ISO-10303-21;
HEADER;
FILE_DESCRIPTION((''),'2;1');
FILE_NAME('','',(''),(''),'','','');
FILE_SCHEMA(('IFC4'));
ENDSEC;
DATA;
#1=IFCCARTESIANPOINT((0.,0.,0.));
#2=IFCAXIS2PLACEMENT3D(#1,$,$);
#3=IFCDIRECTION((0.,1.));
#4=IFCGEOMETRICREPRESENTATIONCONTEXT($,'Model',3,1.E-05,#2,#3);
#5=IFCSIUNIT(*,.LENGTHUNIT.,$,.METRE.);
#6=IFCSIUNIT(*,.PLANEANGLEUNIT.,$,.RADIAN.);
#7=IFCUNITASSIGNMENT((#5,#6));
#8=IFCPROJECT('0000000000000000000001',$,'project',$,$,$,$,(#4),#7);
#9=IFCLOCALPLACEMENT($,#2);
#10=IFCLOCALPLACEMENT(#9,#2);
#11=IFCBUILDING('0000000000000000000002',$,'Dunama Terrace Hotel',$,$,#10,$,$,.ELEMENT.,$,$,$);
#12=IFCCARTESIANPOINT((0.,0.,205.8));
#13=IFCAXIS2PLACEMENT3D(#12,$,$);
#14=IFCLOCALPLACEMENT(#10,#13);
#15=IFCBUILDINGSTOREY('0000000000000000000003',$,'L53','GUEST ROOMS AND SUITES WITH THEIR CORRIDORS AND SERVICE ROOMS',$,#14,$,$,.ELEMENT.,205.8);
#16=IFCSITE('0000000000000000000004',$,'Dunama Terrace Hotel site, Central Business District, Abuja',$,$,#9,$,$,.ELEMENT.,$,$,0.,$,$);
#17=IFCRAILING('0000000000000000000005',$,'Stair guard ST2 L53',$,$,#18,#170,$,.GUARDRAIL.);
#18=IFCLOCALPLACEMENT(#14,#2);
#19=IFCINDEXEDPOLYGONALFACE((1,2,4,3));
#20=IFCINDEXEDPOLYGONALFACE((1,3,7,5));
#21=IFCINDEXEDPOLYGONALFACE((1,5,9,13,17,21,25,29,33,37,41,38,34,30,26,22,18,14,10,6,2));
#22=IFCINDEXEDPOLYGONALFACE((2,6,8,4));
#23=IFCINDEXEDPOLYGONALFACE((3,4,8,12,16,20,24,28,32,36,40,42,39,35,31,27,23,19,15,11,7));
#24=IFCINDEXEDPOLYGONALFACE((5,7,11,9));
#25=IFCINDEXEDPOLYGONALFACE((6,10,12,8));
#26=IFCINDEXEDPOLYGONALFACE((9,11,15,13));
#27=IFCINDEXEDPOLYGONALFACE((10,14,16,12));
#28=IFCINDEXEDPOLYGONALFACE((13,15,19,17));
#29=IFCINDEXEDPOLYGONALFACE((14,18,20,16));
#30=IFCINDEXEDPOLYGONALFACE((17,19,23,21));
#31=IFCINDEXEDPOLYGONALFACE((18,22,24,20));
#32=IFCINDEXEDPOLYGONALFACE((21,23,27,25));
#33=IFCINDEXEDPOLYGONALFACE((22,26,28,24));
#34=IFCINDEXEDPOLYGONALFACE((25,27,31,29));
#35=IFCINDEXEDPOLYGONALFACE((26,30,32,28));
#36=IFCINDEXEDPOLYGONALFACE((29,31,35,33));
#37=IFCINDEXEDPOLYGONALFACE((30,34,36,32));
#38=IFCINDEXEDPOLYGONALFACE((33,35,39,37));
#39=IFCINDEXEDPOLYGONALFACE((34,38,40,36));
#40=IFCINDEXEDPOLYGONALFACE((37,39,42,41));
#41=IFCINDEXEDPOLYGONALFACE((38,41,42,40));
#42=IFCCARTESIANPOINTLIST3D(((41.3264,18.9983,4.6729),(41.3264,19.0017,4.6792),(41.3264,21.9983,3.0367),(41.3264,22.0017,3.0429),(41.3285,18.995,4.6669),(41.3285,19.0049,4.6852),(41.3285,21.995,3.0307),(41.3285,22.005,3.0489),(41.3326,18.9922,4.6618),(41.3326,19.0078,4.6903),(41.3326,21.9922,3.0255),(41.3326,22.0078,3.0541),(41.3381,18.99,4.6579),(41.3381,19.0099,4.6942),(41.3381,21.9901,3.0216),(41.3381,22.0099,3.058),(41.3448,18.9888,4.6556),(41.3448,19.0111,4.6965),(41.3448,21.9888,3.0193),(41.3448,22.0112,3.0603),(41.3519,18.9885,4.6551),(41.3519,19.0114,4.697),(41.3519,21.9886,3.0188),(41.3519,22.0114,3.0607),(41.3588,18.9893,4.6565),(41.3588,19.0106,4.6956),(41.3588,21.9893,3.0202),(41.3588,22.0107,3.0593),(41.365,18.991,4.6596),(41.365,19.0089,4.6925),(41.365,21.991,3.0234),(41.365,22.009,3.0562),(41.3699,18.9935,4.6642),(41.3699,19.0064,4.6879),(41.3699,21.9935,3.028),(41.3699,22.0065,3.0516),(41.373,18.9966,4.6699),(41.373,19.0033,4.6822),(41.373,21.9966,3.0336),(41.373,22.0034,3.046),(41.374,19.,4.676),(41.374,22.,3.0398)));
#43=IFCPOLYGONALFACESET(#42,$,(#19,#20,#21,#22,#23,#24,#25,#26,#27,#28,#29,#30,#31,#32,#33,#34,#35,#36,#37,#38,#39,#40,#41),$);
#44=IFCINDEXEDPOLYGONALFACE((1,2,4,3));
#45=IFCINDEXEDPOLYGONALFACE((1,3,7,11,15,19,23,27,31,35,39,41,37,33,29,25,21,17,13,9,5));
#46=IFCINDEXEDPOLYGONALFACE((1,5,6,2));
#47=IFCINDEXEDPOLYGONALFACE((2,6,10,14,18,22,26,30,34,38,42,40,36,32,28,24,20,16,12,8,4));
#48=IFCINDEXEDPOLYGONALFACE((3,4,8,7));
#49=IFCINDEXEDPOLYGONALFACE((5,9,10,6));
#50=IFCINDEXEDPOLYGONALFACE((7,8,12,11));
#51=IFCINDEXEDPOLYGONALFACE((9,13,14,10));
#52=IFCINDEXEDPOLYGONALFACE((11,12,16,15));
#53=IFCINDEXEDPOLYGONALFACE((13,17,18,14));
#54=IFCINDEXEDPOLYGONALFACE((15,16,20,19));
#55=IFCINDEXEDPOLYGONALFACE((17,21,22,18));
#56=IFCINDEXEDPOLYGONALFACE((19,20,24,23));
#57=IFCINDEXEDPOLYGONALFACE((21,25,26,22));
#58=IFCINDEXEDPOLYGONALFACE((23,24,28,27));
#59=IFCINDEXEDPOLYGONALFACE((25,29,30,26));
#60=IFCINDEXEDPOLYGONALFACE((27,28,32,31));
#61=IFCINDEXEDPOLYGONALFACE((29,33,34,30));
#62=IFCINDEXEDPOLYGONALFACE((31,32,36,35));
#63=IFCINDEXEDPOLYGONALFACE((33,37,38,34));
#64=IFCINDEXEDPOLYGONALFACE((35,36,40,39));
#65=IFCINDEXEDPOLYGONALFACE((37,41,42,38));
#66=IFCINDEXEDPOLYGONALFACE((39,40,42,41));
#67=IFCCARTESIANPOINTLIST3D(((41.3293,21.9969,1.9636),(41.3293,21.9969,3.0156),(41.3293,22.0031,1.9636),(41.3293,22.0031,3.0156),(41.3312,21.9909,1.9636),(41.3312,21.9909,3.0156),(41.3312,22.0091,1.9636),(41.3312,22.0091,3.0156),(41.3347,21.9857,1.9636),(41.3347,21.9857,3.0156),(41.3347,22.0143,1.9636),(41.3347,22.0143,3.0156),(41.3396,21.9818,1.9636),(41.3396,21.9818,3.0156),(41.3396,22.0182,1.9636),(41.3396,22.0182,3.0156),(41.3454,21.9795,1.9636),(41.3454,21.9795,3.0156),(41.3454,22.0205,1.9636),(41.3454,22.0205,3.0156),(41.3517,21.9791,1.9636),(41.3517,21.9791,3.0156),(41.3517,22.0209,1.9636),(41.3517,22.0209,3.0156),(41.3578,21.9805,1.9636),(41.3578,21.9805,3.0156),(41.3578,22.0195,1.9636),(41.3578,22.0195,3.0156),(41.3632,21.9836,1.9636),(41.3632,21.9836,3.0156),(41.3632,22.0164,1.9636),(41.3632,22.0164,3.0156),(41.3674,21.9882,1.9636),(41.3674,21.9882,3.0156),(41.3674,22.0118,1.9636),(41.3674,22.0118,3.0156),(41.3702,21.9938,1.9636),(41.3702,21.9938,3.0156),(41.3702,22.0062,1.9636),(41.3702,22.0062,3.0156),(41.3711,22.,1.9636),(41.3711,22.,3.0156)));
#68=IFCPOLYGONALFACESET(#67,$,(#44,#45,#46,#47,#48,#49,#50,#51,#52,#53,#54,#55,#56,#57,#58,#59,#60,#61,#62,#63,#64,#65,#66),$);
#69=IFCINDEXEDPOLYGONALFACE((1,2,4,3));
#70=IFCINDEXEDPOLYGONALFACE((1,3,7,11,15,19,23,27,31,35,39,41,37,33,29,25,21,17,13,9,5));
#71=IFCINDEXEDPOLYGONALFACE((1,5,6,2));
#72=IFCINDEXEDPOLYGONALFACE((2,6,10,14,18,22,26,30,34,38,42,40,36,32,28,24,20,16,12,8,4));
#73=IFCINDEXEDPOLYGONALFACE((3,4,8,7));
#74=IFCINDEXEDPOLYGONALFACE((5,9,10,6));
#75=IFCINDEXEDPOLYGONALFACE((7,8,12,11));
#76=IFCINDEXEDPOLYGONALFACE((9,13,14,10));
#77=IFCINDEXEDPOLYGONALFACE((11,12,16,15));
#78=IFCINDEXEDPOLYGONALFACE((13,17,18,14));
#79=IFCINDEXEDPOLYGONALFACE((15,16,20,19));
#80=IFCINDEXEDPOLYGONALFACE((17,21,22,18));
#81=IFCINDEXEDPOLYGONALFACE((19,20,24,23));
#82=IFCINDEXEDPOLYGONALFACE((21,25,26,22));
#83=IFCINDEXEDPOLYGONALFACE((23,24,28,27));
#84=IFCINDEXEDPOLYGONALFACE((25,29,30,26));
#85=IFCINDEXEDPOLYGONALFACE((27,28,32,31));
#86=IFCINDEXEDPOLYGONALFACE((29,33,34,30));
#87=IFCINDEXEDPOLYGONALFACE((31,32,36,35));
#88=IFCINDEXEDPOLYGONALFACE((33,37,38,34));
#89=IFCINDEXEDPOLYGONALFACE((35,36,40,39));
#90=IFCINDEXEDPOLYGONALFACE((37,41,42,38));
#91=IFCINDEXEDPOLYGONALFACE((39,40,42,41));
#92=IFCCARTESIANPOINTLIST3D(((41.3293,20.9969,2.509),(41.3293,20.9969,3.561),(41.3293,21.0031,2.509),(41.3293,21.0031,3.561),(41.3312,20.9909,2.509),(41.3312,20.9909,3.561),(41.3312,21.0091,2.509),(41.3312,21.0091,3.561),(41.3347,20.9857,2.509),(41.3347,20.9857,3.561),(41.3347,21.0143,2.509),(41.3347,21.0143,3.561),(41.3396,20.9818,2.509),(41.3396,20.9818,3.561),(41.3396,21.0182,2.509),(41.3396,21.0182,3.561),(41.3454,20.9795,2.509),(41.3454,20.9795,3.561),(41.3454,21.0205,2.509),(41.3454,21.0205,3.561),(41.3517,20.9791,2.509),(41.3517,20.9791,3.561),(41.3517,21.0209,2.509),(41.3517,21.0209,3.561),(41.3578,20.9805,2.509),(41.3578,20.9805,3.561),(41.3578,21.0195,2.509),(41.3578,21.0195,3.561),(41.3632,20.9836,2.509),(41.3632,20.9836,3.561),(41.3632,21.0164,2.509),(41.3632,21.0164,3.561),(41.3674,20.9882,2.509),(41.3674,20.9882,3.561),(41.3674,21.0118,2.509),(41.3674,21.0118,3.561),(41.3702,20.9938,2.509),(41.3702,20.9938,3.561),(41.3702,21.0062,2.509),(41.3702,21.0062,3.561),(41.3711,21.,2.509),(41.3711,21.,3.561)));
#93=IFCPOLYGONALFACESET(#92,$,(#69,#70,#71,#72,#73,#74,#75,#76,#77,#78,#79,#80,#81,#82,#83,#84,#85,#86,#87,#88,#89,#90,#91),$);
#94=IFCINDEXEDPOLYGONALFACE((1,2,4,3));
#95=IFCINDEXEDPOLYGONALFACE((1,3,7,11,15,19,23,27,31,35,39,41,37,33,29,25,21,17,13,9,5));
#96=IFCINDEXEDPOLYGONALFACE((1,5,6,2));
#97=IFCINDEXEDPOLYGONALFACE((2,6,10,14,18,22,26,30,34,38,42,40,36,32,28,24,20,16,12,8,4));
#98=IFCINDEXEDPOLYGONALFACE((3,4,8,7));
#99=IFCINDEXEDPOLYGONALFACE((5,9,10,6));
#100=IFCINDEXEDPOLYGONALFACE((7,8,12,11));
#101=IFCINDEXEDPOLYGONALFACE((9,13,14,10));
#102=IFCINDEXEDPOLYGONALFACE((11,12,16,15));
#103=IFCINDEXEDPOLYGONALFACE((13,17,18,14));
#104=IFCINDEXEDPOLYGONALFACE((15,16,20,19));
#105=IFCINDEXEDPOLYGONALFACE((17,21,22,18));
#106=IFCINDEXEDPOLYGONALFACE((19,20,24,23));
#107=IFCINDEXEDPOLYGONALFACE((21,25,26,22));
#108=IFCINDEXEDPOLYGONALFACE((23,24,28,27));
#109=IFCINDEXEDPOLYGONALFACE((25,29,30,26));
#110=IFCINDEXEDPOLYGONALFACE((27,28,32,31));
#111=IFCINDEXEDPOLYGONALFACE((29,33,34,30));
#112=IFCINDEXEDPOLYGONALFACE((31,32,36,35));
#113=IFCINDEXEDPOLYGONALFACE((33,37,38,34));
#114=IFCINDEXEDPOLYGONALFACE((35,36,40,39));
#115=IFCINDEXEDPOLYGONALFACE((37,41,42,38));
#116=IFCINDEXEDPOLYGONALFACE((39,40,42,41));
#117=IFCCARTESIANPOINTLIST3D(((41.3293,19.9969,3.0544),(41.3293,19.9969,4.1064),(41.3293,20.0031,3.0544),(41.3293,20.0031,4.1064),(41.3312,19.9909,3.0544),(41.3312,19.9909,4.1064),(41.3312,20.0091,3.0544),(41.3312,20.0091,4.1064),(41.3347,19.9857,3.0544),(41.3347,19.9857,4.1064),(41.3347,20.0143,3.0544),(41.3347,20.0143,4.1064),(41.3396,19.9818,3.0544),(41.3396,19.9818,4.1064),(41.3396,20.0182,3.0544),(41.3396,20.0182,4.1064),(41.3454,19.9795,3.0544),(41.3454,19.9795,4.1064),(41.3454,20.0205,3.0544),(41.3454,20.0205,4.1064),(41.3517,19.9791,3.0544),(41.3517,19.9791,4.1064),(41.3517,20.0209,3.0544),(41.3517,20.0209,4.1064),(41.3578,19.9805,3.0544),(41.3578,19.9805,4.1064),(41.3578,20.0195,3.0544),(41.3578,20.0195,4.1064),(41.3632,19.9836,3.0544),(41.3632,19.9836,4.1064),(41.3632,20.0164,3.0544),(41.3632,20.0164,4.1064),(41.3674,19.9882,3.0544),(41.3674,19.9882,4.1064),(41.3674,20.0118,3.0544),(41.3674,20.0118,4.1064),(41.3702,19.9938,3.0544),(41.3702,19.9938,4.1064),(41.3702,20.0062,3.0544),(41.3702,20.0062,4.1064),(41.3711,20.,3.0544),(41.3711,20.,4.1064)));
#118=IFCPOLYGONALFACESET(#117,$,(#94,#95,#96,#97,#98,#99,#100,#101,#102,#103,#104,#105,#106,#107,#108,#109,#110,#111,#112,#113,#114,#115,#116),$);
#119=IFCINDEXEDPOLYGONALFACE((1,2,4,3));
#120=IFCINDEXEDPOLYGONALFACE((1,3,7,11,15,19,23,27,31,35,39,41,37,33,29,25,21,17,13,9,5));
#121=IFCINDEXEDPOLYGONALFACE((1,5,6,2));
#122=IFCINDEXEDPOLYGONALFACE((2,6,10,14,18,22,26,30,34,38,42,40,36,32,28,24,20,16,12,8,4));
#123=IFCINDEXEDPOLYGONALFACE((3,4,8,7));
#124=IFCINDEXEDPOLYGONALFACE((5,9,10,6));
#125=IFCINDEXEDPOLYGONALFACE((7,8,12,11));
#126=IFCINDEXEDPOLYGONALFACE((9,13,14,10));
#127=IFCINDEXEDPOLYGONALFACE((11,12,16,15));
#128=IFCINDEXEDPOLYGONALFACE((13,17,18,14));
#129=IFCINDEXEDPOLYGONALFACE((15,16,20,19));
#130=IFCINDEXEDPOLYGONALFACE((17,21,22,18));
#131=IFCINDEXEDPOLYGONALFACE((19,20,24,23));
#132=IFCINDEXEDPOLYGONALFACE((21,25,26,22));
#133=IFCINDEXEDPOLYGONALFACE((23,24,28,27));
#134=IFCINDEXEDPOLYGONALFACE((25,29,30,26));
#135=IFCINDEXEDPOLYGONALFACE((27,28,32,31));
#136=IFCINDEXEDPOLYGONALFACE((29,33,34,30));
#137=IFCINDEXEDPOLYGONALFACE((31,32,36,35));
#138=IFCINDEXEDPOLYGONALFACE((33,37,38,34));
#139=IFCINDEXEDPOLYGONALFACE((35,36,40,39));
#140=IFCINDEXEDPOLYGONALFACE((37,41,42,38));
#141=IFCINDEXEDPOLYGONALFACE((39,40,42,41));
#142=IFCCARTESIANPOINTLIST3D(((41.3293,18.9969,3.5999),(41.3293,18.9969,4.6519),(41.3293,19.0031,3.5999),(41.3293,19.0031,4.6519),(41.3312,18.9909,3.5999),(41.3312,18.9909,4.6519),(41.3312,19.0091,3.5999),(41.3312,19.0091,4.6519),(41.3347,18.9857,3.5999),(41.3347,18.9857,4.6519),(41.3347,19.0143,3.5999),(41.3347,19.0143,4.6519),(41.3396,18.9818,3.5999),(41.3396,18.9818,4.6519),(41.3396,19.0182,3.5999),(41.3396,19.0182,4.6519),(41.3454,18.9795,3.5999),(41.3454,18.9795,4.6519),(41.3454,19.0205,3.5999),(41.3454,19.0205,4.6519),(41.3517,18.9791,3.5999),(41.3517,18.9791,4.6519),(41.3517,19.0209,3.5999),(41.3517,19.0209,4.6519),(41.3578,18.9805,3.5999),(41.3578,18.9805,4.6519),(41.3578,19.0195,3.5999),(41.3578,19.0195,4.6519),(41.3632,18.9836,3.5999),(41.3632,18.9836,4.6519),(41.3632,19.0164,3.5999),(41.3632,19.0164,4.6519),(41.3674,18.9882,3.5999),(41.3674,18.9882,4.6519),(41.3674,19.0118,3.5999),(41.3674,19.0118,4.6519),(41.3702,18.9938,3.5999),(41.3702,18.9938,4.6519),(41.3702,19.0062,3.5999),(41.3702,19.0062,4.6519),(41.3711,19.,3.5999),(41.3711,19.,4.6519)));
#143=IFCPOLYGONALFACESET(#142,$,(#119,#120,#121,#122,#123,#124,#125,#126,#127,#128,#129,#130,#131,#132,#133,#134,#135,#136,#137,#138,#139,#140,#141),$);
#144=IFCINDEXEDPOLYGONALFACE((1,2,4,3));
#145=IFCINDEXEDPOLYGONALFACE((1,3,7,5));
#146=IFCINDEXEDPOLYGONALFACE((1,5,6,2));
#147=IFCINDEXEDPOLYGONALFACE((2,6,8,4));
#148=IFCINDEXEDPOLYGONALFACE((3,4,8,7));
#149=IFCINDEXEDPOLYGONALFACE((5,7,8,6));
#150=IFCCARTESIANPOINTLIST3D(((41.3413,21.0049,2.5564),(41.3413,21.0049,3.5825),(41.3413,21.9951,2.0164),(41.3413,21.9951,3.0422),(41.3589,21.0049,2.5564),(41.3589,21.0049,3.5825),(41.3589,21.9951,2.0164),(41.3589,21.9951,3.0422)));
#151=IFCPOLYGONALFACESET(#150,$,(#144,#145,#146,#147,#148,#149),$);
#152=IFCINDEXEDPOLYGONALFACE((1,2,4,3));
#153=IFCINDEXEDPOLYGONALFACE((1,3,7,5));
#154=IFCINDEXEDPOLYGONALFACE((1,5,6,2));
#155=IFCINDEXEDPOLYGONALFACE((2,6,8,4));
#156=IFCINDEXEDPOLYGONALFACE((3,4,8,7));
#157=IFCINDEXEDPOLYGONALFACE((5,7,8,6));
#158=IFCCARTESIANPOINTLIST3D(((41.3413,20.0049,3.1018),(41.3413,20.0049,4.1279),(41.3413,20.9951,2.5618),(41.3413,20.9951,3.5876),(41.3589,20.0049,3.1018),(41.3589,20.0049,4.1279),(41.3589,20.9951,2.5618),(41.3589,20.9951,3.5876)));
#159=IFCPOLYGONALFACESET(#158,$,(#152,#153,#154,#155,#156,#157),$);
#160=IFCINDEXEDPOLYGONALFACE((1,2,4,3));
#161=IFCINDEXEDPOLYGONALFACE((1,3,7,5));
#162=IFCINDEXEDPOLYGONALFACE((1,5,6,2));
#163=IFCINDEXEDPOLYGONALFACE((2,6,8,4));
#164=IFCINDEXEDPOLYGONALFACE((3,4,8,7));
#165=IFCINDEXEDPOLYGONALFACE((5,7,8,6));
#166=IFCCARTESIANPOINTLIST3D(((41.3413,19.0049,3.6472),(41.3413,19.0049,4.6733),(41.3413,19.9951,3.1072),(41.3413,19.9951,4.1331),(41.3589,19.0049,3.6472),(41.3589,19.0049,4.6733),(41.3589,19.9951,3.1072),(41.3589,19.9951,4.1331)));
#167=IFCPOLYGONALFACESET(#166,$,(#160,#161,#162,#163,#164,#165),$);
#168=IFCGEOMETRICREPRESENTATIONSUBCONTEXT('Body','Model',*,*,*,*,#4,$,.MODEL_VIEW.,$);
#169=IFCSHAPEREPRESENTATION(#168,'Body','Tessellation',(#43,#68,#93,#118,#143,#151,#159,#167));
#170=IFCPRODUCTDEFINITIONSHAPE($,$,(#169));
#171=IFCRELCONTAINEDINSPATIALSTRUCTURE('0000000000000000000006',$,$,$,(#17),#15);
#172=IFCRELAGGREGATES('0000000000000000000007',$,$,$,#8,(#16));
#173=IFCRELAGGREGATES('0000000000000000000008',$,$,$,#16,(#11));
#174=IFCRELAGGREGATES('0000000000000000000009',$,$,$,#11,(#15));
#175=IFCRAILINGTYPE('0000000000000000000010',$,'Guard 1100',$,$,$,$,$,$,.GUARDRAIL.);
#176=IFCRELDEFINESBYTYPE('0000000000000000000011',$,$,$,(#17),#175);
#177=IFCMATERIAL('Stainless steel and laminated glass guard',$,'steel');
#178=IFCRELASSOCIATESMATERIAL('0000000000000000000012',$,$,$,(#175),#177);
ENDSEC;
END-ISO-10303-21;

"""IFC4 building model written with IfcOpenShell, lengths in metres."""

from ifc_helpers import new_model, si_unit, direction, frame, origin, origin_2d, place, context, subcontext, project, spatial, polyline, circle, outline, extrude, material, type_object, element, save


model = new_model("IFC4")

# Units and contexts
model_context = context("Model", 3, precision=1e-05, world=origin(), true_north=direction((0.0, 1.0)))
body_context = subcontext(model_context, "Body", "Model", "MODEL_VIEW")
ifc_project = project(units=[si_unit("LENGTHUNIT", "METRE"), si_unit("PLANEANGLEUNIT", "RADIAN")], contexts=[model_context])

# Site, building, storey
site_placement = place(None, origin())
site = spatial("IfcSite", under=ifc_project, at=site_placement, Name="Dunama Terrace Hotel site, Central Business District, Abuja", CompositionType="ELEMENT", RefElevation=0.0)
building_placement = place(site_placement, origin())
building = spatial("IfcBuilding", under=site, at=building_placement, Name="Dunama Terrace Hotel", CompositionType="ELEMENT")
storey_placement = place(building_placement, frame((0.0, 0.0, 205.8)))
storey = spatial("IfcBuildingStorey", under=building, at=storey_placement, Name="L53", Description="GUEST ROOMS AND SUITES WITH THEIR CORRIDORS AND SERVICE ROOMS", CompositionType="ELEMENT", Elevation=205.8)

# Railing
ifc_material_1 = material(Name="Stainless steel and laminated glass guard", Category="steel")
railing_type_1 = type_object("IfcRailingType", Name="Guard 1100", PredefinedType="GUARDRAIL", material=ifc_material_1)
railing_1_placement = place(storey_placement, frame((41.3501, 22.0, 1.9636)))
element("IfcRailing", 1, at=railing_1_placement, inside=storey, type_object=railing_type_1, Name="Stair guard ST2 L53", PredefinedType="GUARDRAIL", context=body_context, shape_type="SweptSolid", body=[
    extrude(circle(Radius=0.0239, at=origin_2d()), frame((0.0, 0.0, 1.0762), z_axis=(0.0, -0.877912, 0.478822), x_axis=(1.0, 0.0, 0.0)), (0.0, 0.0, 1.0), 3.4172),
    extrude(circle(Radius=0.021, at=origin_2d()), origin(), (0.0, 0.0, 1.0), 1.052),
    extrude(circle(Radius=0.021, at=origin_2d()), frame((0.0, -1.0, 0.5454)), (0.0, 0.0, 1.0), 1.052),
    extrude(circle(Radius=0.021, at=origin_2d()), frame((0.0, -2.0, 1.0908)), (0.0, 0.0, 1.0), 1.052),
    extrude(circle(Radius=0.021, at=origin_2d()), frame((0.0, -3.0, 1.6362)), (0.0, 0.0, 1.0), 1.052),
    extrude(outline(polyline([(0.0049, 0.0527), (0.9951, 0.5928), (0.9951, 1.6189), (0.0049, 1.0786), (0.0049, 0.0527)])), frame((0.0088, 0.0, 0.0), z_axis=(-1.0, 0.0, 0.0), x_axis=(0.0, -1.0, 0.0)), (0.0, 0.0, 1.0), 0.0176),
    extrude(outline(polyline([(0.0049, 0.0527), (0.9951, 0.5928), (0.9951, 1.6189), (0.0049, 1.0786), (0.0049, 0.0527)])), frame((0.0088, -1.0, 0.5454), z_axis=(-1.0, 0.0, 0.0), x_axis=(0.0, -1.0, 0.0)), (0.0, 0.0, 1.0), 0.0176),
    extrude(outline(polyline([(0.0049, 0.0527), (0.9951, 0.5928), (0.9951, 1.6189), (0.0049, 1.0786), (0.0049, 0.0527)])), frame((0.0088, -2.0, 1.0908), z_axis=(-1.0, 0.0, 0.0), x_axis=(0.0, -1.0, 0.0)), (0.0, 0.0, 1.0), 0.0176),
])

save(model, "model.ifc")
